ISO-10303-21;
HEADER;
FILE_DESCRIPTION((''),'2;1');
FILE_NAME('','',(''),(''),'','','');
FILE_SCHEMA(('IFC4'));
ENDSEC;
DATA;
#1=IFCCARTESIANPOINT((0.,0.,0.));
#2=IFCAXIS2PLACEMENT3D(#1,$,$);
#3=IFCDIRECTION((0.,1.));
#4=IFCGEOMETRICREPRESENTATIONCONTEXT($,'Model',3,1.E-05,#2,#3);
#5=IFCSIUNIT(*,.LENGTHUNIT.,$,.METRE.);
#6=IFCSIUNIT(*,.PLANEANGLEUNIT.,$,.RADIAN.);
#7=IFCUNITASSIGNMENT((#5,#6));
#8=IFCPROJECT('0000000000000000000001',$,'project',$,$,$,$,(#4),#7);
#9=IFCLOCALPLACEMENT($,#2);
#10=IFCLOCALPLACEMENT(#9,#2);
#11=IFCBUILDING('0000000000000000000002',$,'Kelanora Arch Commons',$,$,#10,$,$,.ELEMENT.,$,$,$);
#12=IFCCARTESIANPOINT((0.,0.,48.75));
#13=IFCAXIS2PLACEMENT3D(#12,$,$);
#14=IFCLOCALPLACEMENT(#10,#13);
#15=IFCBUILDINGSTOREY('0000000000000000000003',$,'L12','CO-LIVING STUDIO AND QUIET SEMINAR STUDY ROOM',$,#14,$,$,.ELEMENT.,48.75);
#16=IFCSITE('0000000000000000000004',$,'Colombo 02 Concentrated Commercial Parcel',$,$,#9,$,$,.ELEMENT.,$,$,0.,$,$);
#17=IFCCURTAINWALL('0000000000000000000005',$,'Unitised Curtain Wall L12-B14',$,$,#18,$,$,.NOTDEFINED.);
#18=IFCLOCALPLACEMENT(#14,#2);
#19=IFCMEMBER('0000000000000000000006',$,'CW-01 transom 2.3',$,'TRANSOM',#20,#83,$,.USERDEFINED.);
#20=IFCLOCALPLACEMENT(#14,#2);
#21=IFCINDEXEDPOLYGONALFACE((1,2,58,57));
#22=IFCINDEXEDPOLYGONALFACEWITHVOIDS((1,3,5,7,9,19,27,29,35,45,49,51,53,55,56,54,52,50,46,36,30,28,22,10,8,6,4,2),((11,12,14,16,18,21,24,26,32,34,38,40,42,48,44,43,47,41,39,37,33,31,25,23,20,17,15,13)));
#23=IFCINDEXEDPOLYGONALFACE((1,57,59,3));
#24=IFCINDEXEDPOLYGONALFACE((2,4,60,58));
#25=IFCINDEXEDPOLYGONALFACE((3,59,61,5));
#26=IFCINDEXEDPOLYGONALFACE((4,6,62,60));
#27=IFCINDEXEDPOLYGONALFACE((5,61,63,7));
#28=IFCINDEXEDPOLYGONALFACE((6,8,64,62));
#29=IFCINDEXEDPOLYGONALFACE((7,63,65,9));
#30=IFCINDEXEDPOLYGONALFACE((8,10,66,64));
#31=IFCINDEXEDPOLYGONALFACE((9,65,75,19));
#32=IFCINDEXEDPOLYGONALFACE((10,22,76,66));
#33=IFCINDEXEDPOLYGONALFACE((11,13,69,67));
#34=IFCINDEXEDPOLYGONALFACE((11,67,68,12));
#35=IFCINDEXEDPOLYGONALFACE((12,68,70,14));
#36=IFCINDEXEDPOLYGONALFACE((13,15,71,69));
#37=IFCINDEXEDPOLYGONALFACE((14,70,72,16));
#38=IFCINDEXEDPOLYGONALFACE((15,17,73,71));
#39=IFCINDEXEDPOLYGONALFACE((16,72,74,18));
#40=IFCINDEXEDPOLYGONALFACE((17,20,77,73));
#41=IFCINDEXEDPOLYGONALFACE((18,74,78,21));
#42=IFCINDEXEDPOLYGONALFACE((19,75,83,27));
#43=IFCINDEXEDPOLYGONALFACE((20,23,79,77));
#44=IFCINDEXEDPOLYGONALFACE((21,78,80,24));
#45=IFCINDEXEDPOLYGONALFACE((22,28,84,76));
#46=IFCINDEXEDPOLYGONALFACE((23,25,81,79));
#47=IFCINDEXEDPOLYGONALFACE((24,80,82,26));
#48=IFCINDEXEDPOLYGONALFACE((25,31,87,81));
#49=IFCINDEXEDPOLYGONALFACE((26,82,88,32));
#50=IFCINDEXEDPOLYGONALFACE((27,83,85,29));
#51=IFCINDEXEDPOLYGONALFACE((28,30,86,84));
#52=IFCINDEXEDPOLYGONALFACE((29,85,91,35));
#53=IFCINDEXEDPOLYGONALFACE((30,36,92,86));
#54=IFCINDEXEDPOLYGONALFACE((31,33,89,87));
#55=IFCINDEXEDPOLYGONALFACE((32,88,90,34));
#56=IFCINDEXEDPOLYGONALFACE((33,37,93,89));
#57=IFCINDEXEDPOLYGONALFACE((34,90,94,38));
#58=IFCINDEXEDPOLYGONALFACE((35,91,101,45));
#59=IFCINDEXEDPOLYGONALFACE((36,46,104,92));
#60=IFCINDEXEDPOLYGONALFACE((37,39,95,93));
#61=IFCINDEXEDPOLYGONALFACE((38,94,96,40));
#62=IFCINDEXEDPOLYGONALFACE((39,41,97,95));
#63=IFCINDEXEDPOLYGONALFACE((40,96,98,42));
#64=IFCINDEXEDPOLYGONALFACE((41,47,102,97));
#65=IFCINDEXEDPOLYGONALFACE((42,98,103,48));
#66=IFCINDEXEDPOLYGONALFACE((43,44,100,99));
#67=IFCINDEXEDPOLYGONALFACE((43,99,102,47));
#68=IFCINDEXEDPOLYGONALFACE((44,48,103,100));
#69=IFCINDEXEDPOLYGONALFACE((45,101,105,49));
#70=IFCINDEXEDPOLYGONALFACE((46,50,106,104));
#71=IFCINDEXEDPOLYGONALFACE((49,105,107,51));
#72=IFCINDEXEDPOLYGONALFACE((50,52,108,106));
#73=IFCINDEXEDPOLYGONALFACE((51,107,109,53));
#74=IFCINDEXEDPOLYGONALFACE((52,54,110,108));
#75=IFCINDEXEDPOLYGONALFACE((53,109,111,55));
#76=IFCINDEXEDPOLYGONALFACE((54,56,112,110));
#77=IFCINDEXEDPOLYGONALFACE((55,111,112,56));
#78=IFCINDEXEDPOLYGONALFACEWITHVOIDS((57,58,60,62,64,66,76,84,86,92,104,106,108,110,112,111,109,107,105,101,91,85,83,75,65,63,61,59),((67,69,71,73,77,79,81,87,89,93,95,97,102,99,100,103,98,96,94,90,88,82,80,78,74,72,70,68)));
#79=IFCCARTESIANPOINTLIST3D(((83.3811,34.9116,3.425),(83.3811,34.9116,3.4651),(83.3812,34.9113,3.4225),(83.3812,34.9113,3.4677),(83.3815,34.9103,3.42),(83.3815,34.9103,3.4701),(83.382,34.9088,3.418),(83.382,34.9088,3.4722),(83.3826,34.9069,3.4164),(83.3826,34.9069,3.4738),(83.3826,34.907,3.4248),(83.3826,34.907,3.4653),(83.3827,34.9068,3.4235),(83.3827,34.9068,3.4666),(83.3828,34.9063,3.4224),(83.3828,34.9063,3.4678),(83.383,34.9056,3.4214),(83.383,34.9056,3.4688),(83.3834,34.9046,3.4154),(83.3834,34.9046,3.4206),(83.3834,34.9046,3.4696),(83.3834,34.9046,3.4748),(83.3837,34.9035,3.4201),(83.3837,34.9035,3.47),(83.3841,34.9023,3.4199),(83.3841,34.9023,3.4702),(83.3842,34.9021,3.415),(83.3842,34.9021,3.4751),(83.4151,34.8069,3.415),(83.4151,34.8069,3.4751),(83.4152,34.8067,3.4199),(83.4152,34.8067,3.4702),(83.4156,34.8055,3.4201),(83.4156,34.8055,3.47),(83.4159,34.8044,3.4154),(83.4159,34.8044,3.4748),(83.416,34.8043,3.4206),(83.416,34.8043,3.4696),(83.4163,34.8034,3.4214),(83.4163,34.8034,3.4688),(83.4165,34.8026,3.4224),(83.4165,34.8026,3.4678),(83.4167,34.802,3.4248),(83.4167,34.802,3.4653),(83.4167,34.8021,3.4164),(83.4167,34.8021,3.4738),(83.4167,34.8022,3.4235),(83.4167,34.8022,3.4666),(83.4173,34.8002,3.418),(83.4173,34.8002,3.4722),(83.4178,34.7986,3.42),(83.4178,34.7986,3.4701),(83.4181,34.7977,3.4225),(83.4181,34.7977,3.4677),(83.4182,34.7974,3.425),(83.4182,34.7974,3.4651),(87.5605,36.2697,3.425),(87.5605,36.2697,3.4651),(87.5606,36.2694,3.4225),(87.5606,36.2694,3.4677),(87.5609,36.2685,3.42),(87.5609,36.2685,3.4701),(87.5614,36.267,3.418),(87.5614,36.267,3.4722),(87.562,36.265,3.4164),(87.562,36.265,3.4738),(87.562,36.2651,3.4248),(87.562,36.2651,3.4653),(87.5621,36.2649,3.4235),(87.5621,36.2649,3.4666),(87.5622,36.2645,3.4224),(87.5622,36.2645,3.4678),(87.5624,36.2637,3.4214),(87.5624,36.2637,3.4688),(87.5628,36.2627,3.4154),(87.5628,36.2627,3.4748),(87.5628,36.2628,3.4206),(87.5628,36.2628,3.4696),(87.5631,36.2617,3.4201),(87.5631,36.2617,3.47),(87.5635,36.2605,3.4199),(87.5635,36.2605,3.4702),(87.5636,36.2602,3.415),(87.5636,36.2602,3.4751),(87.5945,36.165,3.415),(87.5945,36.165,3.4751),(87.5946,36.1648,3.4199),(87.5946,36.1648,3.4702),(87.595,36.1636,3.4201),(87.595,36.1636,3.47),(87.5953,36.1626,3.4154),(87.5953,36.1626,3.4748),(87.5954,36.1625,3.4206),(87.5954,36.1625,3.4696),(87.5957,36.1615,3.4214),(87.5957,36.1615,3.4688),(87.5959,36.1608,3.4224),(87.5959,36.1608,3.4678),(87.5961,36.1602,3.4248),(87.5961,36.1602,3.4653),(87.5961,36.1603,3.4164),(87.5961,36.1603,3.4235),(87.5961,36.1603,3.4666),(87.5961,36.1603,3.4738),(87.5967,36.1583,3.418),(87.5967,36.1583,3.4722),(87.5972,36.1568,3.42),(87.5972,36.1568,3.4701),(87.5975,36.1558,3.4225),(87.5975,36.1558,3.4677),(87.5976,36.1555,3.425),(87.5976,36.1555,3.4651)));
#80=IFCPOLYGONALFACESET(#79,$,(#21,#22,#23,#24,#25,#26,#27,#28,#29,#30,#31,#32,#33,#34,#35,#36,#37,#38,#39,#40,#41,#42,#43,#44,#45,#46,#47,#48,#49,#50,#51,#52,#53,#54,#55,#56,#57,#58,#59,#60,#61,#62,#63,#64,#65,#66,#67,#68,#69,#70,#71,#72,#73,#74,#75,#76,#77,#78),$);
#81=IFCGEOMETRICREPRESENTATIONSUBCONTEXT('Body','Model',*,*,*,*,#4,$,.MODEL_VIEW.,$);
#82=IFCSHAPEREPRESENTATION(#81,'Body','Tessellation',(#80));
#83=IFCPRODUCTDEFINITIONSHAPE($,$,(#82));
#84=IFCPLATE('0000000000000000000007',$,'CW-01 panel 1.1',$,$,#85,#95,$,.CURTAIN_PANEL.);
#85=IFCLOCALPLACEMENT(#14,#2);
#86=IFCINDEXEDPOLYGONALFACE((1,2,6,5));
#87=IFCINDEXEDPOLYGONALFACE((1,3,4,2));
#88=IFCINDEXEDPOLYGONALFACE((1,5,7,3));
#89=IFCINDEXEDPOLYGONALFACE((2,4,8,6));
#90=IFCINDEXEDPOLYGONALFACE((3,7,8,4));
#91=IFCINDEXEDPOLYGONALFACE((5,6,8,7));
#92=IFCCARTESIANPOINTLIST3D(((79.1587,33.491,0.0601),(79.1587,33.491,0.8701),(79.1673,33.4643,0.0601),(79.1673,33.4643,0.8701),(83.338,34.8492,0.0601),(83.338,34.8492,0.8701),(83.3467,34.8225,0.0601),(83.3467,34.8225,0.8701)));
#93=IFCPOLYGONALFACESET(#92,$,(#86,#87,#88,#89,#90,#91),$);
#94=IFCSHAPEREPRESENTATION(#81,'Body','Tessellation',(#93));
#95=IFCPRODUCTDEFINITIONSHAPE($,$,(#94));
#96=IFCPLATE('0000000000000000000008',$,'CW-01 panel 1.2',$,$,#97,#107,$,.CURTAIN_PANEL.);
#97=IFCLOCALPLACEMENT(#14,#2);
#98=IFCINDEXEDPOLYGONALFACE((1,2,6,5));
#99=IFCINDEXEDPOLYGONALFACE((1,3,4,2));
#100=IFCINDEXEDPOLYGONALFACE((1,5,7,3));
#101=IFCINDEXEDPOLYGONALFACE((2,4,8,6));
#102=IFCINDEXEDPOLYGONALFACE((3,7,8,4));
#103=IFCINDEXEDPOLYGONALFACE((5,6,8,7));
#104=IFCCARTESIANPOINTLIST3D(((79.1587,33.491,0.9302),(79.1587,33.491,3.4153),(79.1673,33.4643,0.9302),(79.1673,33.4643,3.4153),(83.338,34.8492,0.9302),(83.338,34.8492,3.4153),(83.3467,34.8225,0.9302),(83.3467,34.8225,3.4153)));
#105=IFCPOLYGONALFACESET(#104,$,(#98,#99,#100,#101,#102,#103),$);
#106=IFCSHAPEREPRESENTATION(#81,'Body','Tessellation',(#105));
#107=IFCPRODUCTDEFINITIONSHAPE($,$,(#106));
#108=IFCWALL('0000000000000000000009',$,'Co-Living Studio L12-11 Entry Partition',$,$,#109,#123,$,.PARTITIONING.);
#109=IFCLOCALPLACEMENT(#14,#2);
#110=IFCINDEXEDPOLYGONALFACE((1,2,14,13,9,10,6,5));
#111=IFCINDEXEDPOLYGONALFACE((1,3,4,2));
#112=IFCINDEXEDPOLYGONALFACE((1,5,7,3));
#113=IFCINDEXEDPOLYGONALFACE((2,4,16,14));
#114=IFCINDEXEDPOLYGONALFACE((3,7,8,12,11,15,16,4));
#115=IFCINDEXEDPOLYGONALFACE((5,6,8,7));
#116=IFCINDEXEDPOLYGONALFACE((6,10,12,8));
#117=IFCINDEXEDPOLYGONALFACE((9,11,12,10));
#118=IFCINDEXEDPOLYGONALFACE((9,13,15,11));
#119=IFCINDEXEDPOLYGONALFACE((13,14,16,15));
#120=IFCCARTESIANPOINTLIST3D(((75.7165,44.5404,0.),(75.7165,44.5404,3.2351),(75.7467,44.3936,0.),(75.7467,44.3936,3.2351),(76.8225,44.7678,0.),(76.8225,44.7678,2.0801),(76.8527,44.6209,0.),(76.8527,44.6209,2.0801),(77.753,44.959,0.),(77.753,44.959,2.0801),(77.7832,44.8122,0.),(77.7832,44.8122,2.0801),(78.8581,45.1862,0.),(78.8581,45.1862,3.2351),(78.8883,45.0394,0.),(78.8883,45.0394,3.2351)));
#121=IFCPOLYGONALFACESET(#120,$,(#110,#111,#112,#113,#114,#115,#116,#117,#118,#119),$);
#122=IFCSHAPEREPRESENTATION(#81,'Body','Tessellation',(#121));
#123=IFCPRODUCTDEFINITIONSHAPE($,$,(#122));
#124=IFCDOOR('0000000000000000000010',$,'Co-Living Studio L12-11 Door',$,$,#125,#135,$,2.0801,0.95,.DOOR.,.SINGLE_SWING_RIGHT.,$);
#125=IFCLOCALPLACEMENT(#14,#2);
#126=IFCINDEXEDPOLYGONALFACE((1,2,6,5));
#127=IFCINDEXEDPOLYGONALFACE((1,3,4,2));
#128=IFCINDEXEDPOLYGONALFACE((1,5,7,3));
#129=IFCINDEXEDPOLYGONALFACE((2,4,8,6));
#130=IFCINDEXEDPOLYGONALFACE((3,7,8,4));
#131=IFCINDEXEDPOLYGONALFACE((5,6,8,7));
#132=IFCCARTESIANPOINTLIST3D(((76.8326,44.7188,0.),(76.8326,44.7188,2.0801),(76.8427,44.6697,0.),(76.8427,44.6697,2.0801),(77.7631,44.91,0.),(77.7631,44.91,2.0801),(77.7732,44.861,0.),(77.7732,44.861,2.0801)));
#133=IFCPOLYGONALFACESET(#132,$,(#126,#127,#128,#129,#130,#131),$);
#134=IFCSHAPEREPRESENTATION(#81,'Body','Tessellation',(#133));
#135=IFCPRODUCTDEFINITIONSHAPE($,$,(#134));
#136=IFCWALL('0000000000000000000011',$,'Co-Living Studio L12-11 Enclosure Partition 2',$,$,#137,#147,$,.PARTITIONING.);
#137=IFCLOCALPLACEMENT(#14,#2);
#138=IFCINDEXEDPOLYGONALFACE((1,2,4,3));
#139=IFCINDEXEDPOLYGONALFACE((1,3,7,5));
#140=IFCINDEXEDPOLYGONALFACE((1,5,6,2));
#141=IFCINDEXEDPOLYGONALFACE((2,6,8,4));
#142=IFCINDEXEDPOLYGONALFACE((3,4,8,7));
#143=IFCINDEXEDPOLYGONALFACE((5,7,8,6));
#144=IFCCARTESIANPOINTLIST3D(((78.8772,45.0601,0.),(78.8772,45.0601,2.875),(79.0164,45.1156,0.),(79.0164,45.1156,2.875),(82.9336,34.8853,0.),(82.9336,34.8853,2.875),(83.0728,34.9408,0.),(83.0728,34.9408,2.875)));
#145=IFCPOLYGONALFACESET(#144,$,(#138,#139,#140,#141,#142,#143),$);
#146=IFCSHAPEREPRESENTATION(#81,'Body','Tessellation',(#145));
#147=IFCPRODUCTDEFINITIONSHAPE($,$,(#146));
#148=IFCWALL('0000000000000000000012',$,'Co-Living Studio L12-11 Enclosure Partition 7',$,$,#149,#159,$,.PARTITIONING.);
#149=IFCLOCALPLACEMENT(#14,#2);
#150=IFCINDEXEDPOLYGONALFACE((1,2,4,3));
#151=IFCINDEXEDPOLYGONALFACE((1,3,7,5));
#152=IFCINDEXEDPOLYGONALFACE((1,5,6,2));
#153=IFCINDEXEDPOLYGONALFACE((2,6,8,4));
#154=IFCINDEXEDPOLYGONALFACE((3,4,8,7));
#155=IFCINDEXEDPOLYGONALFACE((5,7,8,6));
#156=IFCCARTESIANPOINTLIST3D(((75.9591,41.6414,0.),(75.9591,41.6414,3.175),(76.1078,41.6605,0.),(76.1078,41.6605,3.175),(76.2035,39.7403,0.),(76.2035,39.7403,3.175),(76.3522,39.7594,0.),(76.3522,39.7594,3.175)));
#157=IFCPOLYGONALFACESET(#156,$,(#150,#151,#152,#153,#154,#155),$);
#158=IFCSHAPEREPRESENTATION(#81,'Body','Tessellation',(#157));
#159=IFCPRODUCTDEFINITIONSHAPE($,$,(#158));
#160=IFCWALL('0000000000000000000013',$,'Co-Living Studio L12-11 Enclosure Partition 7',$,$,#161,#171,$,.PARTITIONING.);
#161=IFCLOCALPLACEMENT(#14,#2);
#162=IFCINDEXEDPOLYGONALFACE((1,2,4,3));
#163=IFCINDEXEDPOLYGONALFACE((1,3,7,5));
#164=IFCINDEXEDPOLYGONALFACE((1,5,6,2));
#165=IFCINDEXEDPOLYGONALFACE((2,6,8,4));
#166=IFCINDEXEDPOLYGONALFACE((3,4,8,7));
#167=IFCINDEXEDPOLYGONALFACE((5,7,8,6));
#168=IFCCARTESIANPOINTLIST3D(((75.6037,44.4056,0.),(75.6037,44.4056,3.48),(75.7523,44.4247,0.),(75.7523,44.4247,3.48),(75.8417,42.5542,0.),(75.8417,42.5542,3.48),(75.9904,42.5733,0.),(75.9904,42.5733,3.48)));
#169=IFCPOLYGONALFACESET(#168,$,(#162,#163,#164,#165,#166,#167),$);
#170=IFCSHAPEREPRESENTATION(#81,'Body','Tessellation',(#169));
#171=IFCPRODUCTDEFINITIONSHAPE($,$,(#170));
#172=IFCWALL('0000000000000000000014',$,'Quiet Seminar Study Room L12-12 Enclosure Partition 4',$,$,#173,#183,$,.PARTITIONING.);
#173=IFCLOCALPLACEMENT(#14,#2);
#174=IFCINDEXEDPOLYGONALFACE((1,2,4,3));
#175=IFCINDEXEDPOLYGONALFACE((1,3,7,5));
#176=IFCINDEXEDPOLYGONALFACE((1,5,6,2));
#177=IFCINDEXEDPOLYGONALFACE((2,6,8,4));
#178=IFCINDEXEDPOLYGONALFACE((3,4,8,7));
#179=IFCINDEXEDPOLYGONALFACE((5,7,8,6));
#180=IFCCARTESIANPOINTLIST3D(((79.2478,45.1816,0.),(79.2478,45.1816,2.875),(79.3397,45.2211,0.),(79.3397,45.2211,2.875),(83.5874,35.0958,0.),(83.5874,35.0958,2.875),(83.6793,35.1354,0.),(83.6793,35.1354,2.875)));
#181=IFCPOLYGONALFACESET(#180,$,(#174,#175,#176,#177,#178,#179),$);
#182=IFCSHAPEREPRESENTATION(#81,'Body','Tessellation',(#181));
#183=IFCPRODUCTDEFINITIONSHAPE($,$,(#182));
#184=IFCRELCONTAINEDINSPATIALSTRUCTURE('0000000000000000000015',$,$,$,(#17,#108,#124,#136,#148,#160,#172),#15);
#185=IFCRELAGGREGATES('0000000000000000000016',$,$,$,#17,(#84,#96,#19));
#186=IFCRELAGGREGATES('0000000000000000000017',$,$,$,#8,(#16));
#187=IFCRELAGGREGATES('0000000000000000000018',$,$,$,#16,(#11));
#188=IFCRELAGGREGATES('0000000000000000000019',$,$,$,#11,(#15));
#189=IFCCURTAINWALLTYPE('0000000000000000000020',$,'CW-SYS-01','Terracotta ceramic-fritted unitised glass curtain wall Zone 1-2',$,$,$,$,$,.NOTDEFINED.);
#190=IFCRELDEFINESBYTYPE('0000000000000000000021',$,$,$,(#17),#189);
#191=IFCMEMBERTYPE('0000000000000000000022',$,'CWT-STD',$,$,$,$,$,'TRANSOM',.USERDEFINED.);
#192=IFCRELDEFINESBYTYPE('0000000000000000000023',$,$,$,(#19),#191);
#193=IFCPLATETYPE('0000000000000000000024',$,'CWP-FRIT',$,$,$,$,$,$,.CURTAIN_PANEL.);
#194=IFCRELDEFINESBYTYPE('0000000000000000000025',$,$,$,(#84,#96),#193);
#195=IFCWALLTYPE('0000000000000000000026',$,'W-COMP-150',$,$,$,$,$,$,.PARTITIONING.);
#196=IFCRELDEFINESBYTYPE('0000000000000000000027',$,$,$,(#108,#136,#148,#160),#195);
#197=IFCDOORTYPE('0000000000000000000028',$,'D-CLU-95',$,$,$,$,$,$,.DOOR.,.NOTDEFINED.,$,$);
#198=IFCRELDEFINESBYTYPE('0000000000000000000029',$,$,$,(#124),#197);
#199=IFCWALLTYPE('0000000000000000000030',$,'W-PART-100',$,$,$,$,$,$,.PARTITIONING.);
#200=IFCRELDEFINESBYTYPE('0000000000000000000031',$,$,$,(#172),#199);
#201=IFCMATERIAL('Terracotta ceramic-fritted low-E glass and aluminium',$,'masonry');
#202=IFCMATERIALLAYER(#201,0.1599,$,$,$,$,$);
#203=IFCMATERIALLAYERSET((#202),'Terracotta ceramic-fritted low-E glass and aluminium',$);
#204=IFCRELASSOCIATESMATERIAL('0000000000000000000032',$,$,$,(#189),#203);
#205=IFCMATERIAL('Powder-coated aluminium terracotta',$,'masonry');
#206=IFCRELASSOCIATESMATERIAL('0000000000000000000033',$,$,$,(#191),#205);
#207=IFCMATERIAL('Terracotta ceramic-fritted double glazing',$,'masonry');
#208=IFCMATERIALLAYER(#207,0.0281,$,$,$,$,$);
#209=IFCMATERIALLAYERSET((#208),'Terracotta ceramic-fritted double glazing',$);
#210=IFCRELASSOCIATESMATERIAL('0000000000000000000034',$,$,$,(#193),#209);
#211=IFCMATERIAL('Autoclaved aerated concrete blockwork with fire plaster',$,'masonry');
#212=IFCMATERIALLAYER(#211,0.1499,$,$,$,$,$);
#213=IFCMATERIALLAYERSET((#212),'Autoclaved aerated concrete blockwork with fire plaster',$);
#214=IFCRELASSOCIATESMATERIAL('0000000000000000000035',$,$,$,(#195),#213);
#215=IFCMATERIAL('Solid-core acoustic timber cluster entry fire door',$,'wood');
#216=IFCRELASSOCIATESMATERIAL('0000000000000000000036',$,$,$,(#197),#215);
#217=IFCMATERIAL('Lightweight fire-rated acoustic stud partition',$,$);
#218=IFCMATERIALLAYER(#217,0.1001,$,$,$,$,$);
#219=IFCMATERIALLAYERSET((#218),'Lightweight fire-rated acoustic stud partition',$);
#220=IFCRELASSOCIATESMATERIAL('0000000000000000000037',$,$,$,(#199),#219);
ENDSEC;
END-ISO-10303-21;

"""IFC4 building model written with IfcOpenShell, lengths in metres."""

from ifc_helpers import new_model, si_unit, direction, frame, frame_2d, origin, origin_2d, place, context, subcontext, project, spatial, rectangle, hollow_rectangle, extrude, source, transform, mapped, material, layer, layer_set, material_profile, profile_set, type_object, element, fill, aggregate, save


model = new_model("IFC4")

# Units and contexts
model_context = context("Model", 3, precision=1e-05, world=origin(), true_north=direction((0.0, 1.0)))
body_context = subcontext(model_context, "Body", "Model", "MODEL_VIEW")
ifc_project = project(units=[si_unit("LENGTHUNIT", "METRE"), si_unit("PLANEANGLEUNIT", "RADIAN")], contexts=[model_context])

# Site, building, storey
site_placement = place(None, origin())
site = spatial("IfcSite", under=ifc_project, at=site_placement, Name="Colombo 02 Concentrated Commercial Parcel", CompositionType="ELEMENT", RefElevation=0.0)
building_placement = place(site_placement, origin())
building = spatial("IfcBuilding", under=site, at=building_placement, Name="Kelanora Arch Commons", CompositionType="ELEMENT")
storey_placement = place(building_placement, frame((0.0, 0.0, 48.75)))
storey = spatial("IfcBuildingStorey", under=building, at=storey_placement, Name="L12", Description="CO-LIVING STUDIO AND QUIET SEMINAR STUDY ROOM", CompositionType="ELEMENT", Elevation=48.75)

# Curtain wall, member, plates
ifc_material_1 = material(Name="Terracotta ceramic-fritted low-E glass and aluminium", Category="masonry")
ifc_layer_1 = layer(ifc_material_1, 0.1599)
ifc_layer_set_1 = layer_set([ifc_layer_1], Name="Terracotta ceramic-fritted low-E glass and aluminium")
curtain_wall_type = type_object("IfcCurtainWallType", Name="CW-SYS-01", Description="Terracotta ceramic-fritted unitised glass curtain wall Zone 1-2", PredefinedType="NOTDEFINED", material=ifc_layer_set_1)
curtain_wall_placement = place(storey_placement, origin())
curtain_wall = element("IfcCurtainWall", 1, at=curtain_wall_placement, inside=storey, type_object=curtain_wall_type, Name="Unitised Curtain Wall L12-B14", PredefinedType="NOTDEFINED")
ifc_material_2 = material(Name="Powder-coated aluminium terracotta", Category="masonry")
ifc_material_profile_1 = material_profile(ifc_material_2, hollow_rectangle(XDim=0.1201, YDim=0.0601, WallThickness=0.0049, InnerFilletRadius=0.0049, OuterFilletRadius=0.01, at=origin_2d()), Name="CWT120x60")
ifc_profile_set_1 = profile_set([ifc_material_profile_1], Name="Powder-coated aluminium terracotta")
member_type_1 = type_object("IfcMemberType", Name="CWT-STD", ElementType="TRANSOM", PredefinedType="USERDEFINED", material=ifc_profile_set_1)
member_1_placement = place(storey_placement, frame((83.3997, 34.8545, 3.4451), z_axis=(0.951045, 0.309052, 0.0), x_axis=(-0.309052, 0.951045, 0.0)))
member_1 = element("IfcMember", 2, at=member_1_placement, type_object=member_type_1, Name="CW-01 transom 2.3", ObjectType="TRANSOM", PredefinedType="USERDEFINED", context=body_context, shape_type="SweptSolid", body=[
    extrude(hollow_rectangle(XDim=0.1201, YDim=0.0601, WallThickness=0.0049, InnerFilletRadius=0.0049, OuterFilletRadius=0.01, at=origin_2d()), origin(), (0.0, 0.0, 1.0), 4.3945),
])
ifc_material_3 = material(Name="Terracotta ceramic-fritted double glazing", Category="masonry")
ifc_layer_2 = layer(ifc_material_3, 0.0281)
ifc_layer_set_2 = layer_set([ifc_layer_2], Name="Terracotta ceramic-fritted double glazing")
plate_type = type_object("IfcPlateType", Name="CWP-FRIT", PredefinedType="CURTAIN_PANEL", material=ifc_layer_set_2)
shared_shape_1 = source(origin(), body_context, "Body", "SweptSolid", [
    extrude(rectangle(XDim=4.3945, YDim=0.0281, at=origin_2d()), origin(), (0.0, 0.0, 1.0), 0.8101),
])
plate_1_placement = place(storey_placement, frame((81.2527, 34.1567, 0.0601), z_axis=(0.0, 0.0, 1.0), x_axis=(0.951043, 0.309058, 0.0)))
plate_1 = element("IfcPlate", 3, at=plate_1_placement, type_object=plate_type, Name="CW-01 panel 1.1", PredefinedType="CURTAIN_PANEL", context=body_context, shape_type="MappedRepresentation", body=[
    mapped(shared_shape_1, transform((0.0, 0.0, 0.0), scale=1.0)),
])
shared_shape_2 = source(origin(), body_context, "Body", "SweptSolid", [
    extrude(rectangle(XDim=4.3945, YDim=0.0281, at=origin_2d()), origin(), (0.0, 0.0, 1.0), 2.4851),
])
plate_2_placement = place(storey_placement, frame((81.2527, 34.1567, 0.9302), z_axis=(0.0, 0.0, 1.0), x_axis=(0.951043, 0.309058, 0.0)))
plate_2 = element("IfcPlate", 4, at=plate_2_placement, type_object=plate_type, Name="CW-01 panel 1.2", PredefinedType="CURTAIN_PANEL", context=body_context, shape_type="MappedRepresentation", body=[
    mapped(shared_shape_2, transform((0.0, 0.0, 0.0), scale=1.0)),
])
aggregate(curtain_wall, [plate_1, plate_2, member_1])

# Wall, opening, door
ifc_material_4 = material(Name="Autoclaved aerated concrete blockwork with fire plaster", Category="masonry")
ifc_layer_3 = layer(ifc_material_4, 0.1499)
ifc_layer_set_3 = layer_set([ifc_layer_3], Name="Autoclaved aerated concrete blockwork with fire plaster")
wall_type_1 = type_object("IfcWallType", Name="W-COMP-150", PredefinedType="PARTITIONING", material=ifc_layer_set_3)
wall_1_placement = place(storey_placement, frame((75.7317, 44.467, 0.0), z_axis=(0.0, 0.0, 1.0), x_axis=(0.979522, 0.201339, 0.0)))
wall_1 = element("IfcWall", 5, at=wall_1_placement, inside=storey, type_object=wall_type_1, Name="Co-Living Studio L12-11 Entry Partition", PredefinedType="PARTITIONING", context=body_context, shape_type="SweptSolid", body=[
    extrude(rectangle(XDim=3.2073, YDim=0.1499, at=frame_2d((1.6035, 0.0))), origin(), (0.0, 0.0, 1.0), 3.2351),
])
opening_1_placement = place(wall_1_placement, frame((1.1289, 0.0, 0.0)))
opening_1 = element("IfcOpeningElement", 6, at=opening_1_placement, cuts=wall_1, PredefinedType="OPENING", context=body_context, shape_type="SweptSolid", body=[
    extrude(rectangle(XDim=0.95, YDim=2.0801, at=frame_2d((0.4751, 1.04))), frame((0.0, 0.085, 0.0), z_axis=(0.0, -1.0, 0.0), x_axis=(1.0, 0.0, 0.0)), (0.0, 0.0, 1.0), 0.1699),
])
ifc_material_5 = material(Name="Solid-core acoustic timber cluster entry fire door", Category="wood")
door_type_1 = type_object("IfcDoorType", Name="D-CLU-95", OperationType="NOTDEFINED", PredefinedType="DOOR", material=ifc_material_5)
door_1_placement = place(opening_1_placement, origin())
door_1 = element("IfcDoor", 7, at=door_1_placement, inside=storey, type_object=door_type_1, Name="Co-Living Studio L12-11 Door", OperationType="SINGLE_SWING_RIGHT", OverallHeight=2.0801, OverallWidth=0.95, PredefinedType="DOOR", context=body_context, shape_type="SweptSolid", body=[
    extrude(rectangle(XDim=0.95, YDim=2.0801, at=frame_2d((0.4751, 1.04))), frame((0.0, 0.0249, 0.0), z_axis=(0.0, -1.0, 0.0), x_axis=(1.0, 0.0, 0.0)), (0.0, 0.0, 1.0), 0.05),
])
fill(opening_1, door_1)

# Walls
wall_2_placement = place(storey_placement, frame((78.9468, 45.0879, 0.0), z_axis=(0.0, 0.0, 1.0), x_axis=(0.370326, -0.928902, 0.0)))
element("IfcWall", 8, at=wall_2_placement, inside=storey, type_object=wall_type_1, Name="Co-Living Studio L12-11 Enclosure Partition 2", PredefinedType="PARTITIONING", context=body_context, shape_type="SweptSolid", body=[
    extrude(rectangle(XDim=10.9536, YDim=0.1499, at=frame_2d((5.4768, 0.0))), origin(), (0.0, 0.0, 1.0), 2.875),
])
wall_3_placement = place(storey_placement, frame((76.2778, 39.7498, 0.0), z_axis=(0.0, 0.0, 1.0), x_axis=(-0.127498, 0.991839, 0.0)))
element("IfcWall", 9, at=wall_3_placement, inside=storey, type_object=wall_type_1, Name="Co-Living Studio L12-11 Enclosure Partition 7", PredefinedType="PARTITIONING", context=body_context, shape_type="SweptSolid", body=[
    extrude(rectangle(XDim=1.9167, YDim=0.1499, at=frame_2d((0.9585, 0.0))), origin(), (0.0, 0.0, 1.0), 3.175),
])
wall_4_placement = place(storey_placement, frame((75.916, 42.5637, 0.0), z_axis=(0.0, 0.0, 1.0), x_axis=(-0.127511, 0.991837, 0.0)))
element("IfcWall", 10, at=wall_4_placement, inside=storey, type_object=wall_type_1, Name="Co-Living Studio L12-11 Enclosure Partition 7", PredefinedType="PARTITIONING", context=body_context, shape_type="SweptSolid", body=[
    extrude(rectangle(XDim=1.8667, YDim=0.1499, at=frame_2d((0.9333, 0.0))), origin(), (0.0, 0.0, 1.0), 3.48),
])
ifc_material_6 = material(Name="Lightweight fire-rated acoustic stud partition")
ifc_layer_4 = layer(ifc_material_6, 0.1001)
ifc_layer_set_4 = layer_set([ifc_layer_4], Name="Lightweight fire-rated acoustic stud partition")
wall_type_2 = type_object("IfcWallType", Name="W-PART-100", PredefinedType="PARTITIONING", material=ifc_layer_set_4)
wall_5_placement = place(storey_placement, frame((83.6333, 35.1157, 0.0), z_axis=(0.0, 0.0, 1.0), x_axis=(-0.395239, 0.918578, 0.0)))
element("IfcWall", 11, at=wall_5_placement, inside=storey, type_object=wall_type_2, Name="Quiet Seminar Study Room L12-12 Enclosure Partition 4", PredefinedType="PARTITIONING", context=body_context, shape_type="SweptSolid", body=[
    extrude(rectangle(XDim=10.9797, YDim=0.1001, at=frame_2d((5.4897, 0.0))), origin(), (0.0, 0.0, 1.0), 2.875),
])

save(model, "model.ifc")
